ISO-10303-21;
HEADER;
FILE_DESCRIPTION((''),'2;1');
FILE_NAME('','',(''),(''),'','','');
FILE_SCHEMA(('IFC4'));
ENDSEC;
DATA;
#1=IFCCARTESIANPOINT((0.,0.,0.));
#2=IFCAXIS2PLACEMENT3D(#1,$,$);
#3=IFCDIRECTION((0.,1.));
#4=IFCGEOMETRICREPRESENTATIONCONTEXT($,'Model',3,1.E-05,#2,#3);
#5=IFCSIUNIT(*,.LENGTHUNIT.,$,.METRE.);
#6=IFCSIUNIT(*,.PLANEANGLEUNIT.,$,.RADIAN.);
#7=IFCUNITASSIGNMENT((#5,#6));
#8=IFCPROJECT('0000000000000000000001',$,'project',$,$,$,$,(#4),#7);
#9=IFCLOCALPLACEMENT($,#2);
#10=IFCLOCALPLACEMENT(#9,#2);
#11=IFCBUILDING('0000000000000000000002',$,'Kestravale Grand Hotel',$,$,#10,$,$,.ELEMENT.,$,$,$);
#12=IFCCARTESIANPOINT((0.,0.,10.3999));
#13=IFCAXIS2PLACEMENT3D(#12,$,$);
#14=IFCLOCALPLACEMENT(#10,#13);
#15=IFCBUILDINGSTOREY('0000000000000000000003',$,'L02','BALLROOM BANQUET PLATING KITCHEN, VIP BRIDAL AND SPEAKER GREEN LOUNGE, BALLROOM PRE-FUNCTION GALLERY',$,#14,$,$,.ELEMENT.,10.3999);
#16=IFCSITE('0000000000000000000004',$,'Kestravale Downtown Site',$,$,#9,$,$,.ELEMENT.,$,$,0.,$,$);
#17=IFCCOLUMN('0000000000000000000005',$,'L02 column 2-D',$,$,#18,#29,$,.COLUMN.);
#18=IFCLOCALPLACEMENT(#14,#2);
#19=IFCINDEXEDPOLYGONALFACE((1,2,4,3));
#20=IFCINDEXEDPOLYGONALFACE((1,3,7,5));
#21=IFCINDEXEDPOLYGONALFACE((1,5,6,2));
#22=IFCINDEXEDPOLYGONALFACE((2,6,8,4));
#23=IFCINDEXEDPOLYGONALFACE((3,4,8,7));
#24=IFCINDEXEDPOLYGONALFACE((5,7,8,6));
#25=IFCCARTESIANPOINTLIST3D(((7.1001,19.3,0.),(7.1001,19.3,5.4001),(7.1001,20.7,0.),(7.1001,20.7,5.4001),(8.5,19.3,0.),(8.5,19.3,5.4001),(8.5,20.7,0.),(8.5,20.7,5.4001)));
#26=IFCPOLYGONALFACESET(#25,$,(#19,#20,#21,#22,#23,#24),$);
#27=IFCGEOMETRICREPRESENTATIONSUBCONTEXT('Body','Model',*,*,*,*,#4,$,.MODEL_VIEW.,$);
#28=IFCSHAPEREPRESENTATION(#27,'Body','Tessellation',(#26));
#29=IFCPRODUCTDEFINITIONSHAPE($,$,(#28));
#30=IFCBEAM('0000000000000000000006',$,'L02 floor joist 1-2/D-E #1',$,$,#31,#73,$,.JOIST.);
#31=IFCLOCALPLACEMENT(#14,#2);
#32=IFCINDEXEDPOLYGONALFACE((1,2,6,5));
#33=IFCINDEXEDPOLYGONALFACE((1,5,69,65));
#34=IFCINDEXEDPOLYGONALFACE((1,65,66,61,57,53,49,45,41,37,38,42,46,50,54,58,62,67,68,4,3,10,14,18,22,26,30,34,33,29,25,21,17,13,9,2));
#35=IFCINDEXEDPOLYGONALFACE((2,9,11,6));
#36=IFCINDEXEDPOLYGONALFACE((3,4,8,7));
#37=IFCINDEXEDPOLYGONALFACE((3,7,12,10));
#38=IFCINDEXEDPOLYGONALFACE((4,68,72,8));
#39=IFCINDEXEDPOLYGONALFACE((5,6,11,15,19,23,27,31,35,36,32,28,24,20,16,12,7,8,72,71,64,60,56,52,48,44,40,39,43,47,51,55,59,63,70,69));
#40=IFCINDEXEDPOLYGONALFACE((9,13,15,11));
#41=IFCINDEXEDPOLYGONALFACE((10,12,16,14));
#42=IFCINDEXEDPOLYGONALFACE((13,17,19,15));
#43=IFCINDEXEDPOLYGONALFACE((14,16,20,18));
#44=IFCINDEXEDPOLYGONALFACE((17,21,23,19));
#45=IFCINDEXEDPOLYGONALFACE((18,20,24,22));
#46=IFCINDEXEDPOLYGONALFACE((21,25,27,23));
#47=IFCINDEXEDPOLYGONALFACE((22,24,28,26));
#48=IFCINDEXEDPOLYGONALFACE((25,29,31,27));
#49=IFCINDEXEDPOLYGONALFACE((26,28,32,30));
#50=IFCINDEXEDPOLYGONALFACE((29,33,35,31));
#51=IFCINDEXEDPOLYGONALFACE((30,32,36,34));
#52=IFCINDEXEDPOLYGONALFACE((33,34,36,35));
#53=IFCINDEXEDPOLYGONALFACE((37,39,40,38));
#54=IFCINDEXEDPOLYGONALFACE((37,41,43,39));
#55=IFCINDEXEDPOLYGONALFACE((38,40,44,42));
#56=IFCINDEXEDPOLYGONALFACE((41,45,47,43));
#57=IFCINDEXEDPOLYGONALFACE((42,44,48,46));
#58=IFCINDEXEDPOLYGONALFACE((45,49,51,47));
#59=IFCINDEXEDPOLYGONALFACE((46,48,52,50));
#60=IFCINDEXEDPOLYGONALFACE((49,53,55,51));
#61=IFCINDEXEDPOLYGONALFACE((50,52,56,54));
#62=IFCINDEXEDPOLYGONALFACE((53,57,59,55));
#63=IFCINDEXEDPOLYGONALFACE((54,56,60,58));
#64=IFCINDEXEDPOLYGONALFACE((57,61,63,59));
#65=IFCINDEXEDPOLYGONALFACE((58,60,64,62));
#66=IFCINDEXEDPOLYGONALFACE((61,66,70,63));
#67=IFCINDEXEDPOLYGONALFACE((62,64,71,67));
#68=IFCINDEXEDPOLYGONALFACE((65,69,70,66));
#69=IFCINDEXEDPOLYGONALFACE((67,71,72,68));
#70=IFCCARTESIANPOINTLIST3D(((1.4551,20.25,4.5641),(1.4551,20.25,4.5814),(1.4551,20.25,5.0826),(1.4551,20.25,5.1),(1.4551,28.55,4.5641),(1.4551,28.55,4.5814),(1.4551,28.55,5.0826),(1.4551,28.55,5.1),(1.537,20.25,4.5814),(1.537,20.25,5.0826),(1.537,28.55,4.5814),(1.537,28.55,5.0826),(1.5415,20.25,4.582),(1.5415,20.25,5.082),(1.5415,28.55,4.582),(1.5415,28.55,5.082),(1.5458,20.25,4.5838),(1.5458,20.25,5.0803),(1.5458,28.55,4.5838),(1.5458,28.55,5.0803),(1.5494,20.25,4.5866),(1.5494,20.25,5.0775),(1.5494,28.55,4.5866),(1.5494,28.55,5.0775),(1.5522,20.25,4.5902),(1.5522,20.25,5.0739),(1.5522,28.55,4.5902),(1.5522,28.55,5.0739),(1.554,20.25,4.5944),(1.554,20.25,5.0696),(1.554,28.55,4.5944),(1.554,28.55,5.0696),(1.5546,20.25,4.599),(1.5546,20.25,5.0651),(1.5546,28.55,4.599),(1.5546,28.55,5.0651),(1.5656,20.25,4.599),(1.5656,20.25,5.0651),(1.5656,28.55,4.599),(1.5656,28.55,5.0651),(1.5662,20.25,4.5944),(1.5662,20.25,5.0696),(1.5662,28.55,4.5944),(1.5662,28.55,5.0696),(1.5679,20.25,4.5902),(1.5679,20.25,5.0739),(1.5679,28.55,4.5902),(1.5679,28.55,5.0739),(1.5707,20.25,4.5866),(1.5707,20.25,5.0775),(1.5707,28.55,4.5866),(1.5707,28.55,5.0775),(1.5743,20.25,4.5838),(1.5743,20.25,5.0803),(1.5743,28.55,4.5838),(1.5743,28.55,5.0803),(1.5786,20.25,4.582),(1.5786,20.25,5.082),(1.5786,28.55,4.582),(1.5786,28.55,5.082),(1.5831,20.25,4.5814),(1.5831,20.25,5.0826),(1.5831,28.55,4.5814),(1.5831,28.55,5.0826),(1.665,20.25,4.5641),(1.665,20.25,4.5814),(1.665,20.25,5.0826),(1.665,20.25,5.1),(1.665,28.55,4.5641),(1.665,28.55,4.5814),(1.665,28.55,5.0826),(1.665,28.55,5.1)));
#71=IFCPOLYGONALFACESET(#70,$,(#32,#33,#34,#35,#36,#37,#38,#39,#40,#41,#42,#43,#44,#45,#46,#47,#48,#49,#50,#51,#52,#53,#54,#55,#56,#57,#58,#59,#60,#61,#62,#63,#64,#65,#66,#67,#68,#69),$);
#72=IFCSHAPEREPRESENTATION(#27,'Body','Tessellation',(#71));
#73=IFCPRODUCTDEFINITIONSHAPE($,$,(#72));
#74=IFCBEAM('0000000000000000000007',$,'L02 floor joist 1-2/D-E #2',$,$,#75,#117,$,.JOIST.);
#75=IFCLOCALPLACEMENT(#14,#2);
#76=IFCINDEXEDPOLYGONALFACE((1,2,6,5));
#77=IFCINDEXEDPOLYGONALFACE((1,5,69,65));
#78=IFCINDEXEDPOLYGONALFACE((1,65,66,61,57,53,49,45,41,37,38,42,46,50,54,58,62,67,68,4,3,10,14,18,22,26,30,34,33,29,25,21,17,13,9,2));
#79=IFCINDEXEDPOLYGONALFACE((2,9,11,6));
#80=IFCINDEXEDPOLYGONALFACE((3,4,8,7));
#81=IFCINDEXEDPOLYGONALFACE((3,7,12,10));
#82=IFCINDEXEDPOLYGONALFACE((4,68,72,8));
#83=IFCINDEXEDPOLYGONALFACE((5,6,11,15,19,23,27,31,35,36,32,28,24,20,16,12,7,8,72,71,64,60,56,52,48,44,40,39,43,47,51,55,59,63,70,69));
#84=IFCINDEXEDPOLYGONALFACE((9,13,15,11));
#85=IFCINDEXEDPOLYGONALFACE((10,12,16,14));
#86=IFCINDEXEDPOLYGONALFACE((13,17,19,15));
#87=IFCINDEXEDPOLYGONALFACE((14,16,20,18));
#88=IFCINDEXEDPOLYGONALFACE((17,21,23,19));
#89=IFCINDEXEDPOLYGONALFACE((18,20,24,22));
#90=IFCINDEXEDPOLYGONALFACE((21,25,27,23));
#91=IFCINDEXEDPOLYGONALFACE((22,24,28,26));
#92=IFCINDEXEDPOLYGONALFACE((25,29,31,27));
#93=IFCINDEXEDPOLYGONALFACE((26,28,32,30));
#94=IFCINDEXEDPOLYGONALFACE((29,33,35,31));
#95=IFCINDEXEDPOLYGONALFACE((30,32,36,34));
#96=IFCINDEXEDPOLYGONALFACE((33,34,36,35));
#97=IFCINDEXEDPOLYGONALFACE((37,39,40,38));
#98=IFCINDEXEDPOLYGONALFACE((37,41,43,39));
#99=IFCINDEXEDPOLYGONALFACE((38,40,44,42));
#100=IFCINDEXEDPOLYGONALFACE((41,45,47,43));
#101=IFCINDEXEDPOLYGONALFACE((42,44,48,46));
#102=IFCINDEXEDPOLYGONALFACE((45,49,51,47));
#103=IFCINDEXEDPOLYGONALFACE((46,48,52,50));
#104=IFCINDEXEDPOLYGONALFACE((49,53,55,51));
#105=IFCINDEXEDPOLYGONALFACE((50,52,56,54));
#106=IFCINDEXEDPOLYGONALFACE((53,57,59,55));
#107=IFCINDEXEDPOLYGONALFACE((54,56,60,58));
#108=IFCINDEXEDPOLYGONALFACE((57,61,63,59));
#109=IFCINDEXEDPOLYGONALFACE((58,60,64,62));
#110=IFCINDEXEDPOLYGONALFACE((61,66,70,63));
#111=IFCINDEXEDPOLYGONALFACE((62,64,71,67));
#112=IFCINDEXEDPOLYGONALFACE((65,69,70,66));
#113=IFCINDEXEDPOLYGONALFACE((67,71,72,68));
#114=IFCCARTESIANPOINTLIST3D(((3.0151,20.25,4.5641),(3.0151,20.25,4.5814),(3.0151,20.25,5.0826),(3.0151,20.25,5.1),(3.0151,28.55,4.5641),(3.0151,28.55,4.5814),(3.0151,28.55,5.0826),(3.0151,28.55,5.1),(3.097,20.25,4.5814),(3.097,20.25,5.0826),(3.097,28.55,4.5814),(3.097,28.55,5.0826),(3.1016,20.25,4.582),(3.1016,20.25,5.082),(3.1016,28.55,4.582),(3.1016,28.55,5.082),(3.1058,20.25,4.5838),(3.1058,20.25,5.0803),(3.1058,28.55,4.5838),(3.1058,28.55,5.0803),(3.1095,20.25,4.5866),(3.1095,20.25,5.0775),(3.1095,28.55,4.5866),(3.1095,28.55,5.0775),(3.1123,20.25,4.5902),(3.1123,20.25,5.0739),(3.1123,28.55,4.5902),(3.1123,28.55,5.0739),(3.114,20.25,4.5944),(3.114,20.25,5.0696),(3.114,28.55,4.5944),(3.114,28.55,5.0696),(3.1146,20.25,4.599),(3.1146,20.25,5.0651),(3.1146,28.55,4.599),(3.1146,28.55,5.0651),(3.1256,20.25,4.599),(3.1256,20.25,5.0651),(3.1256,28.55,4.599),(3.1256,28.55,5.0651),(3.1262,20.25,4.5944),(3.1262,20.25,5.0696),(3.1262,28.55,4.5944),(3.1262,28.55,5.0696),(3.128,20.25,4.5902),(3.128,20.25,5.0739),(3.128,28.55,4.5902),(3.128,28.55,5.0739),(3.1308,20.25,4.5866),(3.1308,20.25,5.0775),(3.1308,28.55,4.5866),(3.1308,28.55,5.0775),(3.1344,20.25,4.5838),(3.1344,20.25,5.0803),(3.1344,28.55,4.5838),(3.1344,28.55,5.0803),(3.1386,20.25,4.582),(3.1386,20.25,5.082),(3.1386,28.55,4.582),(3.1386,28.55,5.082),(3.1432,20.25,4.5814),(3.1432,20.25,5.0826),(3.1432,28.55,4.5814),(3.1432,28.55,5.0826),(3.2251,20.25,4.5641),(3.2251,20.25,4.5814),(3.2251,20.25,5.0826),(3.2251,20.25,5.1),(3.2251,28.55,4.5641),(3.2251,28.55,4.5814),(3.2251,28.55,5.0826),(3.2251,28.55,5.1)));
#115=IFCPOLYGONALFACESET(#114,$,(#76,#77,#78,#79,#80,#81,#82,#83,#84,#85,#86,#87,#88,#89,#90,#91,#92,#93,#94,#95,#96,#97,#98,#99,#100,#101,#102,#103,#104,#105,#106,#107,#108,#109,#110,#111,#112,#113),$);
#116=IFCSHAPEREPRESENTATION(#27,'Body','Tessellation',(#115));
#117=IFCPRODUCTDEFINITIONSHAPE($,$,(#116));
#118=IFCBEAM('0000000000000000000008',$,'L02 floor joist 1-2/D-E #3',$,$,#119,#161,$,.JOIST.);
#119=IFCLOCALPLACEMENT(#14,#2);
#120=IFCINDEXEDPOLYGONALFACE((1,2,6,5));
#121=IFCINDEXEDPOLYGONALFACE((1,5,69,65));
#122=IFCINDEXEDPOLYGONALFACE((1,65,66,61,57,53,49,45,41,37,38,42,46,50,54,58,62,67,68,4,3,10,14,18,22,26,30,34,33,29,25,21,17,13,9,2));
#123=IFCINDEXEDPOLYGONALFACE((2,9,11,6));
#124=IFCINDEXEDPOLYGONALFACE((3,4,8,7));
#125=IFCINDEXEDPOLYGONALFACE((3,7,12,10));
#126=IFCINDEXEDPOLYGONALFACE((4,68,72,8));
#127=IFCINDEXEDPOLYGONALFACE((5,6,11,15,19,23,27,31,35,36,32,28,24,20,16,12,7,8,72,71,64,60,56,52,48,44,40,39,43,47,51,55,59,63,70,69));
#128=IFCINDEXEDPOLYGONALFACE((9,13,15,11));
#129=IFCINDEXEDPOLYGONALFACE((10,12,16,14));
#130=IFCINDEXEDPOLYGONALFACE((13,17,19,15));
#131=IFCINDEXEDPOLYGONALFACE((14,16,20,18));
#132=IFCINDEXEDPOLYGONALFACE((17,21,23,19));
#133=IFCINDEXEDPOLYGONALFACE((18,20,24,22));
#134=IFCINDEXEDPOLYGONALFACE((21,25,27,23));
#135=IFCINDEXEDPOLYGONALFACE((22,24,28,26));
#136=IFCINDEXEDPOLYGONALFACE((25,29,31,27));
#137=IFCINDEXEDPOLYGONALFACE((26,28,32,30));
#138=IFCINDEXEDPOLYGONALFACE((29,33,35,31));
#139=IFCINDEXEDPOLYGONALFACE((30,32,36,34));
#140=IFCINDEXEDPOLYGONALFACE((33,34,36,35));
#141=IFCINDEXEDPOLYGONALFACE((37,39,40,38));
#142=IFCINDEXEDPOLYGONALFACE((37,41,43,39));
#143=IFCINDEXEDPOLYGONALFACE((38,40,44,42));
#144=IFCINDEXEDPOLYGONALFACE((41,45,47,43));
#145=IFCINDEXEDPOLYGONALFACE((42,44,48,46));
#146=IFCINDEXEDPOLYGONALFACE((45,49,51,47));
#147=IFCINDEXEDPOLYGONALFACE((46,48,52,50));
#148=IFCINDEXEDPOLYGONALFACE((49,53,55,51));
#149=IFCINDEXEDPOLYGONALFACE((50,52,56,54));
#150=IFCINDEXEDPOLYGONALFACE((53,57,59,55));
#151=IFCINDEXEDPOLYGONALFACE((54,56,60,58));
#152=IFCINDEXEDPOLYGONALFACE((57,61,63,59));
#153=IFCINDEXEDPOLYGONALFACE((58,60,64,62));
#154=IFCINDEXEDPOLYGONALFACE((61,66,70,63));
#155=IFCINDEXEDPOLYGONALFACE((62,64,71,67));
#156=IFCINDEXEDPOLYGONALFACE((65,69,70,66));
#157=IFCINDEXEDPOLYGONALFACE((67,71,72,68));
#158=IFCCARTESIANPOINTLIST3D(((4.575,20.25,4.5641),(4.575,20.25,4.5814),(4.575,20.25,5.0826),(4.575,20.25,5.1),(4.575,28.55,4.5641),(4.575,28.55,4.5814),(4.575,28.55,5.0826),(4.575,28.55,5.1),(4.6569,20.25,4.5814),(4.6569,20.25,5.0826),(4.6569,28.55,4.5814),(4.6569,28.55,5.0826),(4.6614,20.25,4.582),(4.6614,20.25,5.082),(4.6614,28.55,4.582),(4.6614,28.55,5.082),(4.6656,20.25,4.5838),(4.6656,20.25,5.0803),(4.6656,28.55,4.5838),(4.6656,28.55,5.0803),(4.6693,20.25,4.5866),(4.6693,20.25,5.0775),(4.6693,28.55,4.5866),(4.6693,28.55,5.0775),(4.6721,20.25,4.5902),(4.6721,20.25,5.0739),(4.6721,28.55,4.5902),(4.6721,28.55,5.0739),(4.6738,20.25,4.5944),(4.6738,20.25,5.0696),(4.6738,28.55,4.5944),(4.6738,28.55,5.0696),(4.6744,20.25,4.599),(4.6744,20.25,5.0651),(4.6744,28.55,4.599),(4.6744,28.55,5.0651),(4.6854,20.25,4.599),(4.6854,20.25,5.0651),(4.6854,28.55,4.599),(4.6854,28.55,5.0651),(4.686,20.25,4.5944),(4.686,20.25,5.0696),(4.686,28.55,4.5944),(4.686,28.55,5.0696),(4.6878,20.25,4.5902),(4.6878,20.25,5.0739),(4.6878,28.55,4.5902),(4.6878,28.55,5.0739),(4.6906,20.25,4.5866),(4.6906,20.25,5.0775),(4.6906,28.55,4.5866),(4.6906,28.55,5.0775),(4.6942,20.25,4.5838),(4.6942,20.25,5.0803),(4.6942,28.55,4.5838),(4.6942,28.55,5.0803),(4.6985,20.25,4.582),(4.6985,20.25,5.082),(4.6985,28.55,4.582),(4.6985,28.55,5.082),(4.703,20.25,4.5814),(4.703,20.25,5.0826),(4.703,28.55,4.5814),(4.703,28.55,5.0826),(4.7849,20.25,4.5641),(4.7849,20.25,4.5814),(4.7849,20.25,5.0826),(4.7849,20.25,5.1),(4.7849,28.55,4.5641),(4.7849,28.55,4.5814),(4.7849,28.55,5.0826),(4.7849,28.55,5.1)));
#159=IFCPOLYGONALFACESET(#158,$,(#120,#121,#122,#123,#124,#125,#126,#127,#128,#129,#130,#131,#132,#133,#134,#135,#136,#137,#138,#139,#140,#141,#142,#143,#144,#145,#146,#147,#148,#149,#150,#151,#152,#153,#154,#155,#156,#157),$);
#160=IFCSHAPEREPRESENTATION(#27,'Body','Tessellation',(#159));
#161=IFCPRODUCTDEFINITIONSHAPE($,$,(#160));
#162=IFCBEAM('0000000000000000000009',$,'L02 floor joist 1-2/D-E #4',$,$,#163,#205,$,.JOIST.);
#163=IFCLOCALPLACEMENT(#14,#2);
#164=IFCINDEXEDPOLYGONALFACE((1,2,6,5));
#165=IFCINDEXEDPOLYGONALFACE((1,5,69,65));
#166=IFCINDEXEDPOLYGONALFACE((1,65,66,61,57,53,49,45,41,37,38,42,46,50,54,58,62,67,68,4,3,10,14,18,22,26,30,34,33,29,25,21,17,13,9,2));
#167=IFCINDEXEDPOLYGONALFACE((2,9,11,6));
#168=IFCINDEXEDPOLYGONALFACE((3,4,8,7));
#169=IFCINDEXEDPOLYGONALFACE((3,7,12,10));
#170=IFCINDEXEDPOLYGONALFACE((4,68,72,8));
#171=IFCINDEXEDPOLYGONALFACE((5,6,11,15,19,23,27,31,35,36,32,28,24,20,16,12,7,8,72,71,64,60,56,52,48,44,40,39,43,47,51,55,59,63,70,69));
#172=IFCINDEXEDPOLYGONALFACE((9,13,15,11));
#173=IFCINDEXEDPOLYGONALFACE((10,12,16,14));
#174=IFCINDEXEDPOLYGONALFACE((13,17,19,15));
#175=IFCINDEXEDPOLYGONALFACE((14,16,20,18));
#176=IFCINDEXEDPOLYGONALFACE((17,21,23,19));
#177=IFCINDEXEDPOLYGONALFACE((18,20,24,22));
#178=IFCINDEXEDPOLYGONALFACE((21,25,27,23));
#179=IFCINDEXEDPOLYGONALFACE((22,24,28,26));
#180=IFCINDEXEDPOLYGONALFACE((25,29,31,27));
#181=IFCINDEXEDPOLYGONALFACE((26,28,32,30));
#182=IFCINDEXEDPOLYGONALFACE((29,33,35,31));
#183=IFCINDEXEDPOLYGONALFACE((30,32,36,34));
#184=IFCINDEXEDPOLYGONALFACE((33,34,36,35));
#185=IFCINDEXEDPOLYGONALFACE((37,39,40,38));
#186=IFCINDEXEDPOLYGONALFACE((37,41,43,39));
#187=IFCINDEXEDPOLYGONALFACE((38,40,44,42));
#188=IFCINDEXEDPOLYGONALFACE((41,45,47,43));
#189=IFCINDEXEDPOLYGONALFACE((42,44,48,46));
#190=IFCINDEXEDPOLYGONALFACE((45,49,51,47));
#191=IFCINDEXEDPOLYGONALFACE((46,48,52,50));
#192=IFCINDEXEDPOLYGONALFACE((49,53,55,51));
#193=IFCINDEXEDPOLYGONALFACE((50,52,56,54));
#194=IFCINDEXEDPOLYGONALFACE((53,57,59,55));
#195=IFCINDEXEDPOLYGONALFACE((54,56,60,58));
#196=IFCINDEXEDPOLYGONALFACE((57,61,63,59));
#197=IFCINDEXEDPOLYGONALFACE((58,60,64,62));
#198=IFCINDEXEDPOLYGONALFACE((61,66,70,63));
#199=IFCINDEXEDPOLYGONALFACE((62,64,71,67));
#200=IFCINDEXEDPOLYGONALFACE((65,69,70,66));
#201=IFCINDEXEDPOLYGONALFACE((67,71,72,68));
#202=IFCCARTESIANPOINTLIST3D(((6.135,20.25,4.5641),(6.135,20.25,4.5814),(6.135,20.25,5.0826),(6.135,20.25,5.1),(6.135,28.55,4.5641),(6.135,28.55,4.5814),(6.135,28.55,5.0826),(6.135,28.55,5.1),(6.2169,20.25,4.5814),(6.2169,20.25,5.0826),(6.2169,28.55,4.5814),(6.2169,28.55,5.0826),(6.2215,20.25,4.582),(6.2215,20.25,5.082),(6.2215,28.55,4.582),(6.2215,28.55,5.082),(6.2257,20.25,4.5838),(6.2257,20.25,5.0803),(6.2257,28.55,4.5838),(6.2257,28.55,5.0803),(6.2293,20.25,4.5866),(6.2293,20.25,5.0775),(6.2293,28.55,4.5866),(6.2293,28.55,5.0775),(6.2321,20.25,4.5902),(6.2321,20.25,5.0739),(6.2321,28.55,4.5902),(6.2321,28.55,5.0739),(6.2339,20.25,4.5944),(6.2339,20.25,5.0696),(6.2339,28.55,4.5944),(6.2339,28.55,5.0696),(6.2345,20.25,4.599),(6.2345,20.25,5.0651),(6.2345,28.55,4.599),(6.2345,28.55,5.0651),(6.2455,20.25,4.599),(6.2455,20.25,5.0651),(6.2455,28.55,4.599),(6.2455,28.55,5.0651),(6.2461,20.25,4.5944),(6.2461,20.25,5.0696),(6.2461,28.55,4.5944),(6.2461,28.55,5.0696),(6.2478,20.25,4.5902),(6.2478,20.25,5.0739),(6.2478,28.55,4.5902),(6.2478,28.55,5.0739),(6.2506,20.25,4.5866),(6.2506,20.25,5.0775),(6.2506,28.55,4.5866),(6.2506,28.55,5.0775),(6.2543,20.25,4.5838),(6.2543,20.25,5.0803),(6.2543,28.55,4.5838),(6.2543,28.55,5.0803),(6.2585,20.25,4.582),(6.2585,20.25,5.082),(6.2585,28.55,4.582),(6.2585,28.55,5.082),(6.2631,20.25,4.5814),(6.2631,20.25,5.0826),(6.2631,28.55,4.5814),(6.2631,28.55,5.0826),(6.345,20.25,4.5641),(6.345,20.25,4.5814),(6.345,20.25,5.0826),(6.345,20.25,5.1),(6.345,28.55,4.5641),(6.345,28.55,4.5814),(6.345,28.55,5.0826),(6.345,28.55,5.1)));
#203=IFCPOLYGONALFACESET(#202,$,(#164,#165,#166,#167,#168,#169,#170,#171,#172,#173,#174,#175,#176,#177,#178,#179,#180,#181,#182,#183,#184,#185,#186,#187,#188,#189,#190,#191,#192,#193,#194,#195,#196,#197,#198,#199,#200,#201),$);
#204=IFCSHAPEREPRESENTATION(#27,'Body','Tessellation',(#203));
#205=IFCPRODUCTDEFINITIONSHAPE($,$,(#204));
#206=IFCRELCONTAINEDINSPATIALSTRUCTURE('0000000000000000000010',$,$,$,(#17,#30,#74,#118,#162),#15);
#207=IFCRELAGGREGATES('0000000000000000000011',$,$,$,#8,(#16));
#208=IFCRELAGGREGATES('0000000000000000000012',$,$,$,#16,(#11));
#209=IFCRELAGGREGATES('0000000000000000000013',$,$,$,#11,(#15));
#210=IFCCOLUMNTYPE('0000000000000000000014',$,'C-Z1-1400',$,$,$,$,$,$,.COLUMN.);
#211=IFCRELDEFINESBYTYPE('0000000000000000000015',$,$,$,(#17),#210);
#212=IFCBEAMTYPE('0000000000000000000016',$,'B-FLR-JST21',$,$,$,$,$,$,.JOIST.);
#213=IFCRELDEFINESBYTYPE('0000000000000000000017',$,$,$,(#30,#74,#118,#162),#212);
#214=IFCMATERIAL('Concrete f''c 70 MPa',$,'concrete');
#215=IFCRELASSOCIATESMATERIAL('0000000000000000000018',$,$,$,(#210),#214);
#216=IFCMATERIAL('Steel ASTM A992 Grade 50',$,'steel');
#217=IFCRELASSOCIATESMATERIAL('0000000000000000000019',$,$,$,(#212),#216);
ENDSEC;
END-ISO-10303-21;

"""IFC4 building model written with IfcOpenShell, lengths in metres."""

from ifc_helpers import new_model, si_unit, direction, frame, origin, origin_2d, place, context, subcontext, project, spatial, rectangle, i_section, extrude, material, material_profile, profile_set, type_object, element, save


model = new_model("IFC4")

# Units and contexts
model_context = context("Model", 3, precision=1e-05, world=origin(), true_north=direction((0.0, 1.0)))
body_context = subcontext(model_context, "Body", "Model", "MODEL_VIEW")
ifc_project = project(units=[si_unit("LENGTHUNIT", "METRE"), si_unit("PLANEANGLEUNIT", "RADIAN")], contexts=[model_context])

# Site, building, storey
site_placement = place(None, origin())
site = spatial("IfcSite", under=ifc_project, at=site_placement, Name="Kestravale Downtown Site", CompositionType="ELEMENT", RefElevation=0.0)
building_placement = place(site_placement, origin())
building = spatial("IfcBuilding", under=site, at=building_placement, Name="Kestravale Grand Hotel", CompositionType="ELEMENT")
storey_placement = place(building_placement, frame((0.0, 0.0, 10.3999)))
storey = spatial("IfcBuildingStorey", under=building, at=storey_placement, Name="L02", Description="BALLROOM BANQUET PLATING KITCHEN, VIP BRIDAL AND SPEAKER GREEN LOUNGE, BALLROOM PRE-FUNCTION GALLERY", CompositionType="ELEMENT", Elevation=10.3999)

# Column
ifc_material_1 = material(Name="Concrete f'c 70 MPa", Category="concrete")
ifc_material_profile_1 = material_profile(ifc_material_1, rectangle(XDim=1.3999, YDim=1.3999, at=origin_2d()))
ifc_profile_set_1 = profile_set([ifc_material_profile_1], Name="Concrete f'c 70 MPa")
column_type = type_object("IfcColumnType", Name="C-Z1-1400", PredefinedType="COLUMN", material=ifc_profile_set_1)
column_placement = place(storey_placement, frame((7.8, 20.0, 0.0), z_axis=(0.0, 0.0, 1.0), x_axis=(1.0, 0.0, 0.0)))
element("IfcColumn", 1, at=column_placement, inside=storey, type_object=column_type, Name="L02 column 2-D", PredefinedType="COLUMN", context=body_context, shape_type="SweptSolid", body=[
    extrude(rectangle(XDim=1.3999, YDim=1.3999, at=origin_2d()), origin(), (0.0, 0.0, 1.0), 5.4001),
])

# Beams
ifc_material_2 = material(Name="Steel ASTM A992 Grade 50", Category="steel")
ifc_material_profile_2 = material_profile(ifc_material_2, i_section(OverallWidth=0.21, OverallDepth=0.5359, WebThickness=0.011, FlangeThickness=0.0173, FilletRadius=0.0176, at=origin_2d()))
ifc_profile_set_2 = profile_set([ifc_material_profile_2], Name="Steel ASTM A992 Grade 50")
beam_type_1 = type_object("IfcBeamType", Name="B-FLR-JST21", PredefinedType="JOIST", material=ifc_profile_set_2)
for number, where, z_axis, x_axis, name in (
    (2, (1.5601, 20.25, 4.832), (0.0, 1.0, 0.0), (-1.0, 0.0, 0.0), "L02 floor joist 1-2/D-E #1"),
    (3, (3.1201, 20.25, 4.832), (0.0, 1.0, 0.0), (-1.0, 0.0, 0.0), "L02 floor joist 1-2/D-E #2"),
    (4, (4.6799, 20.25, 4.832), (0.0, 1.0, 0.0), (-1.0, 0.0, 0.0), "L02 floor joist 1-2/D-E #3"),
    (5, (6.24, 20.25, 4.832), (0.0, 1.0, 0.0), (-1.0, 0.0, 0.0), "L02 floor joist 1-2/D-E #4"),
):
    element("IfcBeam", number, at=place(storey_placement, frame(where, z_axis=z_axis, x_axis=x_axis)), inside=storey, type_object=beam_type_1, Name=name, PredefinedType="JOIST", context=body_context, shape_type="SweptSolid", body=[
        extrude(i_section(OverallWidth=0.21, OverallDepth=0.5359, WebThickness=0.011, FlangeThickness=0.0173, FilletRadius=0.0176, at=origin_2d()), origin(), (0.0, 0.0, 1.0), 8.3),
    ])

save(model, "model.ifc")
